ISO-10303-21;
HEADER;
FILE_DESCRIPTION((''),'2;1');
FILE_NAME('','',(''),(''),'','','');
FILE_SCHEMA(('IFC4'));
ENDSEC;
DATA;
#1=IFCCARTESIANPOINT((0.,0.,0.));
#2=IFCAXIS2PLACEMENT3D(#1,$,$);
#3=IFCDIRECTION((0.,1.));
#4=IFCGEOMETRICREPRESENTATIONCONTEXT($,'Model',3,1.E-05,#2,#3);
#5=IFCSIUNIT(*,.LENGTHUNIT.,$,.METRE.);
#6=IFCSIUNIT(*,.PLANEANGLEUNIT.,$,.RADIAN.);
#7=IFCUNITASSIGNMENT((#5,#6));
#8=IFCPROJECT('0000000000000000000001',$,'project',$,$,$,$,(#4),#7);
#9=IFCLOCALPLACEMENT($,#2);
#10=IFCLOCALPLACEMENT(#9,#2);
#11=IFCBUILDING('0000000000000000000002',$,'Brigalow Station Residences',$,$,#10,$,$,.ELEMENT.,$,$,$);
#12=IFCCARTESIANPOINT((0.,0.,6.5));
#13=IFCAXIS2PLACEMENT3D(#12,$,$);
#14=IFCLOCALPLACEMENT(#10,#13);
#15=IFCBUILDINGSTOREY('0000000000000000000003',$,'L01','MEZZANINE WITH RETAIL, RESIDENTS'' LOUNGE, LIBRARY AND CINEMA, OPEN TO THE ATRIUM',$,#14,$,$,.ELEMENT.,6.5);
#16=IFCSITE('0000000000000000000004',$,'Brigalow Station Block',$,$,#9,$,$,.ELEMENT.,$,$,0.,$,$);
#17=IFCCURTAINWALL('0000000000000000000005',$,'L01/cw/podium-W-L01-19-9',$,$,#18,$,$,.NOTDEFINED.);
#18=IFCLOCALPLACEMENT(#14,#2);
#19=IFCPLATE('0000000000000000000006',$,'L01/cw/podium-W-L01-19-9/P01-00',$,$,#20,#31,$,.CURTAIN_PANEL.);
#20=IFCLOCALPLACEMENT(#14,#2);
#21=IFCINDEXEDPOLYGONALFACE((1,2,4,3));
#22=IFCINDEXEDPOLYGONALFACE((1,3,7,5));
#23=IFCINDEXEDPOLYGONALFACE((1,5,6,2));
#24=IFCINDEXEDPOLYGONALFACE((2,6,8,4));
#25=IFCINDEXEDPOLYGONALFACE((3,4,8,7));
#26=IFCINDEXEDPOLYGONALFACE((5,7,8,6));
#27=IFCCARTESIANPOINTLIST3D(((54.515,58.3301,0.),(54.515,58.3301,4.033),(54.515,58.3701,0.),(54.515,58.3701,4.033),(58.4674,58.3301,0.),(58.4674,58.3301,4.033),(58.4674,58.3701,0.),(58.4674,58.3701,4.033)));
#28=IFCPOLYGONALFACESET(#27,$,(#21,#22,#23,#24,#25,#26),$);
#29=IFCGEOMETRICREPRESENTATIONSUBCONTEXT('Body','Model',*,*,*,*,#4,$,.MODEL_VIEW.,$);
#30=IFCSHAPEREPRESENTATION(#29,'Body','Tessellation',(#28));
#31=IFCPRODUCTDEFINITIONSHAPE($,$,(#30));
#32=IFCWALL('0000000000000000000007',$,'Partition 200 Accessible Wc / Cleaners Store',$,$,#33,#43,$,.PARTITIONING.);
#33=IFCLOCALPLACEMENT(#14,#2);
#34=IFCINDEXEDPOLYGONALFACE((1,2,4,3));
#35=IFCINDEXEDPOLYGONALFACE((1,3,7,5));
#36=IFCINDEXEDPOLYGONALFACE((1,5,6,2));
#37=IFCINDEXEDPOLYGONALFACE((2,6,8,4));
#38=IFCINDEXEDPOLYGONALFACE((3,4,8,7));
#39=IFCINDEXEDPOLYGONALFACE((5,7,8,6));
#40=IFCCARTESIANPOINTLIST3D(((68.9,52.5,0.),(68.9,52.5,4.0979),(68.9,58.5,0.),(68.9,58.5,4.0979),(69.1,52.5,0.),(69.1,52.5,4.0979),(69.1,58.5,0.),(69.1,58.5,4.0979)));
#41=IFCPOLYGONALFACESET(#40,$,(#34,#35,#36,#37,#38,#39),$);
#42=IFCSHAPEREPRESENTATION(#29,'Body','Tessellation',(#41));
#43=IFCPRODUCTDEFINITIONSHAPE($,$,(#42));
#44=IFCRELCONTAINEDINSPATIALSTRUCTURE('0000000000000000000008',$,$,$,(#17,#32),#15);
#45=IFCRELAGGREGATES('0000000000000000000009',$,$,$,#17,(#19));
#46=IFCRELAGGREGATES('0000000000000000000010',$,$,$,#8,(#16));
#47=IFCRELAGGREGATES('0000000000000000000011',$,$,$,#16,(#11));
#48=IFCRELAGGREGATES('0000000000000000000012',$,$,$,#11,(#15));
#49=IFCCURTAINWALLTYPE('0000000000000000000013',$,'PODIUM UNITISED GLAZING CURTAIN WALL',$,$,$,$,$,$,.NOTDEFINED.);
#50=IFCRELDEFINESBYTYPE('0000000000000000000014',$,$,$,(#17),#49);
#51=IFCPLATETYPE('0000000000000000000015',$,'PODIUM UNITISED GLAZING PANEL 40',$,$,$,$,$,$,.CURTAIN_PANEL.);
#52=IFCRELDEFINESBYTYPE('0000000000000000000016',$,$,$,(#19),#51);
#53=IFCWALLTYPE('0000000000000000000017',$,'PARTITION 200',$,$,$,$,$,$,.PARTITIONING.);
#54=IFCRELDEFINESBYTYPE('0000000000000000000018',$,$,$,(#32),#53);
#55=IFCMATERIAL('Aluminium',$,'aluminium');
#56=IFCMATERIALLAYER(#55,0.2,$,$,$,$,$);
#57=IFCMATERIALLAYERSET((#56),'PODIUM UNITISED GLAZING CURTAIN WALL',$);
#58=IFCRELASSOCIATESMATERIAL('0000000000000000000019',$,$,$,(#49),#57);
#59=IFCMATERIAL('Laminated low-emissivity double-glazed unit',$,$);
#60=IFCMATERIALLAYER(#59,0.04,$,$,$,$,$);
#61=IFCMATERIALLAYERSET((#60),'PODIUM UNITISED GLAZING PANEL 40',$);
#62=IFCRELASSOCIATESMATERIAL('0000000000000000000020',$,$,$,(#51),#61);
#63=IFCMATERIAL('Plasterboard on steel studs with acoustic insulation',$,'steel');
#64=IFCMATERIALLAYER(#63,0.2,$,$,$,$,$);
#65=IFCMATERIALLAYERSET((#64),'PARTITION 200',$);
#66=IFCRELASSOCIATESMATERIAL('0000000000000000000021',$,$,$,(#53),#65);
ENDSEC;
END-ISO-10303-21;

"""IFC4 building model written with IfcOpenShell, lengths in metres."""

from ifc_helpers import new_model, si_unit, direction, frame, frame_2d, origin, origin_2d, place, context, subcontext, project, spatial, rectangle, extrude, material, layer, layer_set, type_object, element, aggregate, save


model = new_model("IFC4")

# Units and contexts
model_context = context("Model", 3, precision=1e-05, world=origin(), true_north=direction((0.0, 1.0)))
body_context = subcontext(model_context, "Body", "Model", "MODEL_VIEW")
ifc_project = project(units=[si_unit("LENGTHUNIT", "METRE"), si_unit("PLANEANGLEUNIT", "RADIAN")], contexts=[model_context])

# Site, building, storey
site_placement = place(None, origin())
site = spatial("IfcSite", under=ifc_project, at=site_placement, Name="Brigalow Station Block", CompositionType="ELEMENT", RefElevation=0.0)
building_placement = place(site_placement, origin())
building = spatial("IfcBuilding", under=site, at=building_placement, Name="Brigalow Station Residences", CompositionType="ELEMENT")
storey_placement = place(building_placement, frame((0.0, 0.0, 6.5)))
storey = spatial("IfcBuildingStorey", under=building, at=storey_placement, Name="L01", Description="MEZZANINE WITH RETAIL, RESIDENTS' LOUNGE, LIBRARY AND CINEMA, OPEN TO THE ATRIUM", CompositionType="ELEMENT", Elevation=6.5)

# Curtain wall
ifc_material_1 = material(Name="Aluminium", Category="aluminium")
ifc_layer_1 = layer(ifc_material_1, 0.2)
ifc_layer_set_1 = layer_set([ifc_layer_1], Name="PODIUM UNITISED GLAZING CURTAIN WALL")
curtain_wall_type = type_object("IfcCurtainWallType", Name="PODIUM UNITISED GLAZING CURTAIN WALL", PredefinedType="NOTDEFINED", material=ifc_layer_set_1)
curtain_wall_1_placement = place(storey_placement, origin())
curtain_wall_1 = element("IfcCurtainWall", 1, at=curtain_wall_1_placement, inside=storey, type_object=curtain_wall_type, Name="L01/cw/podium-W-L01-19-9", PredefinedType="NOTDEFINED")

# Plate
ifc_material_2 = material(Name="Laminated low-emissivity double-glazed unit")
ifc_layer_2 = layer(ifc_material_2, 0.04)
ifc_layer_set_2 = layer_set([ifc_layer_2], Name="PODIUM UNITISED GLAZING PANEL 40")
plate_type = type_object("IfcPlateType", Name="PODIUM UNITISED GLAZING PANEL 40", PredefinedType="CURTAIN_PANEL", material=ifc_layer_set_2)
plate_1_placement = place(storey_placement, frame((56.4912, 58.3501, 0.0), z_axis=(0.0, 0.0, 1.0), x_axis=(-1.0, 0.0, 0.0)))
plate_1 = element("IfcPlate", 2, at=plate_1_placement, type_object=plate_type, Name="L01/cw/podium-W-L01-19-9/P01-00", PredefinedType="CURTAIN_PANEL", context=body_context, shape_type="SweptSolid", body=[
    extrude(rectangle(XDim=3.9524, YDim=0.04, at=origin_2d()), origin(), (0.0, 0.0, 1.0), 4.033),
])
aggregate(curtain_wall_1, [plate_1])

# Wall
ifc_material_3 = material(Name="Plasterboard on steel studs with acoustic insulation", Category="steel")
ifc_layer_3 = layer(ifc_material_3, 0.2)
ifc_layer_set_3 = layer_set([ifc_layer_3], Name="PARTITION 200")
wall_type = type_object("IfcWallType", Name="PARTITION 200", PredefinedType="PARTITIONING", material=ifc_layer_set_3)
wall_placement = place(storey_placement, frame((69.0, 52.5, 0.0), z_axis=(0.0, 0.0, 1.0), x_axis=(0.0, 1.0, 0.0)))
element("IfcWall", 3, at=wall_placement, inside=storey, type_object=wall_type, Name="Partition 200 Accessible Wc / Cleaners Store", PredefinedType="PARTITIONING", context=body_context, shape_type="SweptSolid", body=[
    extrude(rectangle(XDim=6.0, YDim=0.2, at=frame_2d((3.0, 0.0))), origin(), (0.0, 0.0, 1.0), 4.0979),
])

save(model, "model.ifc")
